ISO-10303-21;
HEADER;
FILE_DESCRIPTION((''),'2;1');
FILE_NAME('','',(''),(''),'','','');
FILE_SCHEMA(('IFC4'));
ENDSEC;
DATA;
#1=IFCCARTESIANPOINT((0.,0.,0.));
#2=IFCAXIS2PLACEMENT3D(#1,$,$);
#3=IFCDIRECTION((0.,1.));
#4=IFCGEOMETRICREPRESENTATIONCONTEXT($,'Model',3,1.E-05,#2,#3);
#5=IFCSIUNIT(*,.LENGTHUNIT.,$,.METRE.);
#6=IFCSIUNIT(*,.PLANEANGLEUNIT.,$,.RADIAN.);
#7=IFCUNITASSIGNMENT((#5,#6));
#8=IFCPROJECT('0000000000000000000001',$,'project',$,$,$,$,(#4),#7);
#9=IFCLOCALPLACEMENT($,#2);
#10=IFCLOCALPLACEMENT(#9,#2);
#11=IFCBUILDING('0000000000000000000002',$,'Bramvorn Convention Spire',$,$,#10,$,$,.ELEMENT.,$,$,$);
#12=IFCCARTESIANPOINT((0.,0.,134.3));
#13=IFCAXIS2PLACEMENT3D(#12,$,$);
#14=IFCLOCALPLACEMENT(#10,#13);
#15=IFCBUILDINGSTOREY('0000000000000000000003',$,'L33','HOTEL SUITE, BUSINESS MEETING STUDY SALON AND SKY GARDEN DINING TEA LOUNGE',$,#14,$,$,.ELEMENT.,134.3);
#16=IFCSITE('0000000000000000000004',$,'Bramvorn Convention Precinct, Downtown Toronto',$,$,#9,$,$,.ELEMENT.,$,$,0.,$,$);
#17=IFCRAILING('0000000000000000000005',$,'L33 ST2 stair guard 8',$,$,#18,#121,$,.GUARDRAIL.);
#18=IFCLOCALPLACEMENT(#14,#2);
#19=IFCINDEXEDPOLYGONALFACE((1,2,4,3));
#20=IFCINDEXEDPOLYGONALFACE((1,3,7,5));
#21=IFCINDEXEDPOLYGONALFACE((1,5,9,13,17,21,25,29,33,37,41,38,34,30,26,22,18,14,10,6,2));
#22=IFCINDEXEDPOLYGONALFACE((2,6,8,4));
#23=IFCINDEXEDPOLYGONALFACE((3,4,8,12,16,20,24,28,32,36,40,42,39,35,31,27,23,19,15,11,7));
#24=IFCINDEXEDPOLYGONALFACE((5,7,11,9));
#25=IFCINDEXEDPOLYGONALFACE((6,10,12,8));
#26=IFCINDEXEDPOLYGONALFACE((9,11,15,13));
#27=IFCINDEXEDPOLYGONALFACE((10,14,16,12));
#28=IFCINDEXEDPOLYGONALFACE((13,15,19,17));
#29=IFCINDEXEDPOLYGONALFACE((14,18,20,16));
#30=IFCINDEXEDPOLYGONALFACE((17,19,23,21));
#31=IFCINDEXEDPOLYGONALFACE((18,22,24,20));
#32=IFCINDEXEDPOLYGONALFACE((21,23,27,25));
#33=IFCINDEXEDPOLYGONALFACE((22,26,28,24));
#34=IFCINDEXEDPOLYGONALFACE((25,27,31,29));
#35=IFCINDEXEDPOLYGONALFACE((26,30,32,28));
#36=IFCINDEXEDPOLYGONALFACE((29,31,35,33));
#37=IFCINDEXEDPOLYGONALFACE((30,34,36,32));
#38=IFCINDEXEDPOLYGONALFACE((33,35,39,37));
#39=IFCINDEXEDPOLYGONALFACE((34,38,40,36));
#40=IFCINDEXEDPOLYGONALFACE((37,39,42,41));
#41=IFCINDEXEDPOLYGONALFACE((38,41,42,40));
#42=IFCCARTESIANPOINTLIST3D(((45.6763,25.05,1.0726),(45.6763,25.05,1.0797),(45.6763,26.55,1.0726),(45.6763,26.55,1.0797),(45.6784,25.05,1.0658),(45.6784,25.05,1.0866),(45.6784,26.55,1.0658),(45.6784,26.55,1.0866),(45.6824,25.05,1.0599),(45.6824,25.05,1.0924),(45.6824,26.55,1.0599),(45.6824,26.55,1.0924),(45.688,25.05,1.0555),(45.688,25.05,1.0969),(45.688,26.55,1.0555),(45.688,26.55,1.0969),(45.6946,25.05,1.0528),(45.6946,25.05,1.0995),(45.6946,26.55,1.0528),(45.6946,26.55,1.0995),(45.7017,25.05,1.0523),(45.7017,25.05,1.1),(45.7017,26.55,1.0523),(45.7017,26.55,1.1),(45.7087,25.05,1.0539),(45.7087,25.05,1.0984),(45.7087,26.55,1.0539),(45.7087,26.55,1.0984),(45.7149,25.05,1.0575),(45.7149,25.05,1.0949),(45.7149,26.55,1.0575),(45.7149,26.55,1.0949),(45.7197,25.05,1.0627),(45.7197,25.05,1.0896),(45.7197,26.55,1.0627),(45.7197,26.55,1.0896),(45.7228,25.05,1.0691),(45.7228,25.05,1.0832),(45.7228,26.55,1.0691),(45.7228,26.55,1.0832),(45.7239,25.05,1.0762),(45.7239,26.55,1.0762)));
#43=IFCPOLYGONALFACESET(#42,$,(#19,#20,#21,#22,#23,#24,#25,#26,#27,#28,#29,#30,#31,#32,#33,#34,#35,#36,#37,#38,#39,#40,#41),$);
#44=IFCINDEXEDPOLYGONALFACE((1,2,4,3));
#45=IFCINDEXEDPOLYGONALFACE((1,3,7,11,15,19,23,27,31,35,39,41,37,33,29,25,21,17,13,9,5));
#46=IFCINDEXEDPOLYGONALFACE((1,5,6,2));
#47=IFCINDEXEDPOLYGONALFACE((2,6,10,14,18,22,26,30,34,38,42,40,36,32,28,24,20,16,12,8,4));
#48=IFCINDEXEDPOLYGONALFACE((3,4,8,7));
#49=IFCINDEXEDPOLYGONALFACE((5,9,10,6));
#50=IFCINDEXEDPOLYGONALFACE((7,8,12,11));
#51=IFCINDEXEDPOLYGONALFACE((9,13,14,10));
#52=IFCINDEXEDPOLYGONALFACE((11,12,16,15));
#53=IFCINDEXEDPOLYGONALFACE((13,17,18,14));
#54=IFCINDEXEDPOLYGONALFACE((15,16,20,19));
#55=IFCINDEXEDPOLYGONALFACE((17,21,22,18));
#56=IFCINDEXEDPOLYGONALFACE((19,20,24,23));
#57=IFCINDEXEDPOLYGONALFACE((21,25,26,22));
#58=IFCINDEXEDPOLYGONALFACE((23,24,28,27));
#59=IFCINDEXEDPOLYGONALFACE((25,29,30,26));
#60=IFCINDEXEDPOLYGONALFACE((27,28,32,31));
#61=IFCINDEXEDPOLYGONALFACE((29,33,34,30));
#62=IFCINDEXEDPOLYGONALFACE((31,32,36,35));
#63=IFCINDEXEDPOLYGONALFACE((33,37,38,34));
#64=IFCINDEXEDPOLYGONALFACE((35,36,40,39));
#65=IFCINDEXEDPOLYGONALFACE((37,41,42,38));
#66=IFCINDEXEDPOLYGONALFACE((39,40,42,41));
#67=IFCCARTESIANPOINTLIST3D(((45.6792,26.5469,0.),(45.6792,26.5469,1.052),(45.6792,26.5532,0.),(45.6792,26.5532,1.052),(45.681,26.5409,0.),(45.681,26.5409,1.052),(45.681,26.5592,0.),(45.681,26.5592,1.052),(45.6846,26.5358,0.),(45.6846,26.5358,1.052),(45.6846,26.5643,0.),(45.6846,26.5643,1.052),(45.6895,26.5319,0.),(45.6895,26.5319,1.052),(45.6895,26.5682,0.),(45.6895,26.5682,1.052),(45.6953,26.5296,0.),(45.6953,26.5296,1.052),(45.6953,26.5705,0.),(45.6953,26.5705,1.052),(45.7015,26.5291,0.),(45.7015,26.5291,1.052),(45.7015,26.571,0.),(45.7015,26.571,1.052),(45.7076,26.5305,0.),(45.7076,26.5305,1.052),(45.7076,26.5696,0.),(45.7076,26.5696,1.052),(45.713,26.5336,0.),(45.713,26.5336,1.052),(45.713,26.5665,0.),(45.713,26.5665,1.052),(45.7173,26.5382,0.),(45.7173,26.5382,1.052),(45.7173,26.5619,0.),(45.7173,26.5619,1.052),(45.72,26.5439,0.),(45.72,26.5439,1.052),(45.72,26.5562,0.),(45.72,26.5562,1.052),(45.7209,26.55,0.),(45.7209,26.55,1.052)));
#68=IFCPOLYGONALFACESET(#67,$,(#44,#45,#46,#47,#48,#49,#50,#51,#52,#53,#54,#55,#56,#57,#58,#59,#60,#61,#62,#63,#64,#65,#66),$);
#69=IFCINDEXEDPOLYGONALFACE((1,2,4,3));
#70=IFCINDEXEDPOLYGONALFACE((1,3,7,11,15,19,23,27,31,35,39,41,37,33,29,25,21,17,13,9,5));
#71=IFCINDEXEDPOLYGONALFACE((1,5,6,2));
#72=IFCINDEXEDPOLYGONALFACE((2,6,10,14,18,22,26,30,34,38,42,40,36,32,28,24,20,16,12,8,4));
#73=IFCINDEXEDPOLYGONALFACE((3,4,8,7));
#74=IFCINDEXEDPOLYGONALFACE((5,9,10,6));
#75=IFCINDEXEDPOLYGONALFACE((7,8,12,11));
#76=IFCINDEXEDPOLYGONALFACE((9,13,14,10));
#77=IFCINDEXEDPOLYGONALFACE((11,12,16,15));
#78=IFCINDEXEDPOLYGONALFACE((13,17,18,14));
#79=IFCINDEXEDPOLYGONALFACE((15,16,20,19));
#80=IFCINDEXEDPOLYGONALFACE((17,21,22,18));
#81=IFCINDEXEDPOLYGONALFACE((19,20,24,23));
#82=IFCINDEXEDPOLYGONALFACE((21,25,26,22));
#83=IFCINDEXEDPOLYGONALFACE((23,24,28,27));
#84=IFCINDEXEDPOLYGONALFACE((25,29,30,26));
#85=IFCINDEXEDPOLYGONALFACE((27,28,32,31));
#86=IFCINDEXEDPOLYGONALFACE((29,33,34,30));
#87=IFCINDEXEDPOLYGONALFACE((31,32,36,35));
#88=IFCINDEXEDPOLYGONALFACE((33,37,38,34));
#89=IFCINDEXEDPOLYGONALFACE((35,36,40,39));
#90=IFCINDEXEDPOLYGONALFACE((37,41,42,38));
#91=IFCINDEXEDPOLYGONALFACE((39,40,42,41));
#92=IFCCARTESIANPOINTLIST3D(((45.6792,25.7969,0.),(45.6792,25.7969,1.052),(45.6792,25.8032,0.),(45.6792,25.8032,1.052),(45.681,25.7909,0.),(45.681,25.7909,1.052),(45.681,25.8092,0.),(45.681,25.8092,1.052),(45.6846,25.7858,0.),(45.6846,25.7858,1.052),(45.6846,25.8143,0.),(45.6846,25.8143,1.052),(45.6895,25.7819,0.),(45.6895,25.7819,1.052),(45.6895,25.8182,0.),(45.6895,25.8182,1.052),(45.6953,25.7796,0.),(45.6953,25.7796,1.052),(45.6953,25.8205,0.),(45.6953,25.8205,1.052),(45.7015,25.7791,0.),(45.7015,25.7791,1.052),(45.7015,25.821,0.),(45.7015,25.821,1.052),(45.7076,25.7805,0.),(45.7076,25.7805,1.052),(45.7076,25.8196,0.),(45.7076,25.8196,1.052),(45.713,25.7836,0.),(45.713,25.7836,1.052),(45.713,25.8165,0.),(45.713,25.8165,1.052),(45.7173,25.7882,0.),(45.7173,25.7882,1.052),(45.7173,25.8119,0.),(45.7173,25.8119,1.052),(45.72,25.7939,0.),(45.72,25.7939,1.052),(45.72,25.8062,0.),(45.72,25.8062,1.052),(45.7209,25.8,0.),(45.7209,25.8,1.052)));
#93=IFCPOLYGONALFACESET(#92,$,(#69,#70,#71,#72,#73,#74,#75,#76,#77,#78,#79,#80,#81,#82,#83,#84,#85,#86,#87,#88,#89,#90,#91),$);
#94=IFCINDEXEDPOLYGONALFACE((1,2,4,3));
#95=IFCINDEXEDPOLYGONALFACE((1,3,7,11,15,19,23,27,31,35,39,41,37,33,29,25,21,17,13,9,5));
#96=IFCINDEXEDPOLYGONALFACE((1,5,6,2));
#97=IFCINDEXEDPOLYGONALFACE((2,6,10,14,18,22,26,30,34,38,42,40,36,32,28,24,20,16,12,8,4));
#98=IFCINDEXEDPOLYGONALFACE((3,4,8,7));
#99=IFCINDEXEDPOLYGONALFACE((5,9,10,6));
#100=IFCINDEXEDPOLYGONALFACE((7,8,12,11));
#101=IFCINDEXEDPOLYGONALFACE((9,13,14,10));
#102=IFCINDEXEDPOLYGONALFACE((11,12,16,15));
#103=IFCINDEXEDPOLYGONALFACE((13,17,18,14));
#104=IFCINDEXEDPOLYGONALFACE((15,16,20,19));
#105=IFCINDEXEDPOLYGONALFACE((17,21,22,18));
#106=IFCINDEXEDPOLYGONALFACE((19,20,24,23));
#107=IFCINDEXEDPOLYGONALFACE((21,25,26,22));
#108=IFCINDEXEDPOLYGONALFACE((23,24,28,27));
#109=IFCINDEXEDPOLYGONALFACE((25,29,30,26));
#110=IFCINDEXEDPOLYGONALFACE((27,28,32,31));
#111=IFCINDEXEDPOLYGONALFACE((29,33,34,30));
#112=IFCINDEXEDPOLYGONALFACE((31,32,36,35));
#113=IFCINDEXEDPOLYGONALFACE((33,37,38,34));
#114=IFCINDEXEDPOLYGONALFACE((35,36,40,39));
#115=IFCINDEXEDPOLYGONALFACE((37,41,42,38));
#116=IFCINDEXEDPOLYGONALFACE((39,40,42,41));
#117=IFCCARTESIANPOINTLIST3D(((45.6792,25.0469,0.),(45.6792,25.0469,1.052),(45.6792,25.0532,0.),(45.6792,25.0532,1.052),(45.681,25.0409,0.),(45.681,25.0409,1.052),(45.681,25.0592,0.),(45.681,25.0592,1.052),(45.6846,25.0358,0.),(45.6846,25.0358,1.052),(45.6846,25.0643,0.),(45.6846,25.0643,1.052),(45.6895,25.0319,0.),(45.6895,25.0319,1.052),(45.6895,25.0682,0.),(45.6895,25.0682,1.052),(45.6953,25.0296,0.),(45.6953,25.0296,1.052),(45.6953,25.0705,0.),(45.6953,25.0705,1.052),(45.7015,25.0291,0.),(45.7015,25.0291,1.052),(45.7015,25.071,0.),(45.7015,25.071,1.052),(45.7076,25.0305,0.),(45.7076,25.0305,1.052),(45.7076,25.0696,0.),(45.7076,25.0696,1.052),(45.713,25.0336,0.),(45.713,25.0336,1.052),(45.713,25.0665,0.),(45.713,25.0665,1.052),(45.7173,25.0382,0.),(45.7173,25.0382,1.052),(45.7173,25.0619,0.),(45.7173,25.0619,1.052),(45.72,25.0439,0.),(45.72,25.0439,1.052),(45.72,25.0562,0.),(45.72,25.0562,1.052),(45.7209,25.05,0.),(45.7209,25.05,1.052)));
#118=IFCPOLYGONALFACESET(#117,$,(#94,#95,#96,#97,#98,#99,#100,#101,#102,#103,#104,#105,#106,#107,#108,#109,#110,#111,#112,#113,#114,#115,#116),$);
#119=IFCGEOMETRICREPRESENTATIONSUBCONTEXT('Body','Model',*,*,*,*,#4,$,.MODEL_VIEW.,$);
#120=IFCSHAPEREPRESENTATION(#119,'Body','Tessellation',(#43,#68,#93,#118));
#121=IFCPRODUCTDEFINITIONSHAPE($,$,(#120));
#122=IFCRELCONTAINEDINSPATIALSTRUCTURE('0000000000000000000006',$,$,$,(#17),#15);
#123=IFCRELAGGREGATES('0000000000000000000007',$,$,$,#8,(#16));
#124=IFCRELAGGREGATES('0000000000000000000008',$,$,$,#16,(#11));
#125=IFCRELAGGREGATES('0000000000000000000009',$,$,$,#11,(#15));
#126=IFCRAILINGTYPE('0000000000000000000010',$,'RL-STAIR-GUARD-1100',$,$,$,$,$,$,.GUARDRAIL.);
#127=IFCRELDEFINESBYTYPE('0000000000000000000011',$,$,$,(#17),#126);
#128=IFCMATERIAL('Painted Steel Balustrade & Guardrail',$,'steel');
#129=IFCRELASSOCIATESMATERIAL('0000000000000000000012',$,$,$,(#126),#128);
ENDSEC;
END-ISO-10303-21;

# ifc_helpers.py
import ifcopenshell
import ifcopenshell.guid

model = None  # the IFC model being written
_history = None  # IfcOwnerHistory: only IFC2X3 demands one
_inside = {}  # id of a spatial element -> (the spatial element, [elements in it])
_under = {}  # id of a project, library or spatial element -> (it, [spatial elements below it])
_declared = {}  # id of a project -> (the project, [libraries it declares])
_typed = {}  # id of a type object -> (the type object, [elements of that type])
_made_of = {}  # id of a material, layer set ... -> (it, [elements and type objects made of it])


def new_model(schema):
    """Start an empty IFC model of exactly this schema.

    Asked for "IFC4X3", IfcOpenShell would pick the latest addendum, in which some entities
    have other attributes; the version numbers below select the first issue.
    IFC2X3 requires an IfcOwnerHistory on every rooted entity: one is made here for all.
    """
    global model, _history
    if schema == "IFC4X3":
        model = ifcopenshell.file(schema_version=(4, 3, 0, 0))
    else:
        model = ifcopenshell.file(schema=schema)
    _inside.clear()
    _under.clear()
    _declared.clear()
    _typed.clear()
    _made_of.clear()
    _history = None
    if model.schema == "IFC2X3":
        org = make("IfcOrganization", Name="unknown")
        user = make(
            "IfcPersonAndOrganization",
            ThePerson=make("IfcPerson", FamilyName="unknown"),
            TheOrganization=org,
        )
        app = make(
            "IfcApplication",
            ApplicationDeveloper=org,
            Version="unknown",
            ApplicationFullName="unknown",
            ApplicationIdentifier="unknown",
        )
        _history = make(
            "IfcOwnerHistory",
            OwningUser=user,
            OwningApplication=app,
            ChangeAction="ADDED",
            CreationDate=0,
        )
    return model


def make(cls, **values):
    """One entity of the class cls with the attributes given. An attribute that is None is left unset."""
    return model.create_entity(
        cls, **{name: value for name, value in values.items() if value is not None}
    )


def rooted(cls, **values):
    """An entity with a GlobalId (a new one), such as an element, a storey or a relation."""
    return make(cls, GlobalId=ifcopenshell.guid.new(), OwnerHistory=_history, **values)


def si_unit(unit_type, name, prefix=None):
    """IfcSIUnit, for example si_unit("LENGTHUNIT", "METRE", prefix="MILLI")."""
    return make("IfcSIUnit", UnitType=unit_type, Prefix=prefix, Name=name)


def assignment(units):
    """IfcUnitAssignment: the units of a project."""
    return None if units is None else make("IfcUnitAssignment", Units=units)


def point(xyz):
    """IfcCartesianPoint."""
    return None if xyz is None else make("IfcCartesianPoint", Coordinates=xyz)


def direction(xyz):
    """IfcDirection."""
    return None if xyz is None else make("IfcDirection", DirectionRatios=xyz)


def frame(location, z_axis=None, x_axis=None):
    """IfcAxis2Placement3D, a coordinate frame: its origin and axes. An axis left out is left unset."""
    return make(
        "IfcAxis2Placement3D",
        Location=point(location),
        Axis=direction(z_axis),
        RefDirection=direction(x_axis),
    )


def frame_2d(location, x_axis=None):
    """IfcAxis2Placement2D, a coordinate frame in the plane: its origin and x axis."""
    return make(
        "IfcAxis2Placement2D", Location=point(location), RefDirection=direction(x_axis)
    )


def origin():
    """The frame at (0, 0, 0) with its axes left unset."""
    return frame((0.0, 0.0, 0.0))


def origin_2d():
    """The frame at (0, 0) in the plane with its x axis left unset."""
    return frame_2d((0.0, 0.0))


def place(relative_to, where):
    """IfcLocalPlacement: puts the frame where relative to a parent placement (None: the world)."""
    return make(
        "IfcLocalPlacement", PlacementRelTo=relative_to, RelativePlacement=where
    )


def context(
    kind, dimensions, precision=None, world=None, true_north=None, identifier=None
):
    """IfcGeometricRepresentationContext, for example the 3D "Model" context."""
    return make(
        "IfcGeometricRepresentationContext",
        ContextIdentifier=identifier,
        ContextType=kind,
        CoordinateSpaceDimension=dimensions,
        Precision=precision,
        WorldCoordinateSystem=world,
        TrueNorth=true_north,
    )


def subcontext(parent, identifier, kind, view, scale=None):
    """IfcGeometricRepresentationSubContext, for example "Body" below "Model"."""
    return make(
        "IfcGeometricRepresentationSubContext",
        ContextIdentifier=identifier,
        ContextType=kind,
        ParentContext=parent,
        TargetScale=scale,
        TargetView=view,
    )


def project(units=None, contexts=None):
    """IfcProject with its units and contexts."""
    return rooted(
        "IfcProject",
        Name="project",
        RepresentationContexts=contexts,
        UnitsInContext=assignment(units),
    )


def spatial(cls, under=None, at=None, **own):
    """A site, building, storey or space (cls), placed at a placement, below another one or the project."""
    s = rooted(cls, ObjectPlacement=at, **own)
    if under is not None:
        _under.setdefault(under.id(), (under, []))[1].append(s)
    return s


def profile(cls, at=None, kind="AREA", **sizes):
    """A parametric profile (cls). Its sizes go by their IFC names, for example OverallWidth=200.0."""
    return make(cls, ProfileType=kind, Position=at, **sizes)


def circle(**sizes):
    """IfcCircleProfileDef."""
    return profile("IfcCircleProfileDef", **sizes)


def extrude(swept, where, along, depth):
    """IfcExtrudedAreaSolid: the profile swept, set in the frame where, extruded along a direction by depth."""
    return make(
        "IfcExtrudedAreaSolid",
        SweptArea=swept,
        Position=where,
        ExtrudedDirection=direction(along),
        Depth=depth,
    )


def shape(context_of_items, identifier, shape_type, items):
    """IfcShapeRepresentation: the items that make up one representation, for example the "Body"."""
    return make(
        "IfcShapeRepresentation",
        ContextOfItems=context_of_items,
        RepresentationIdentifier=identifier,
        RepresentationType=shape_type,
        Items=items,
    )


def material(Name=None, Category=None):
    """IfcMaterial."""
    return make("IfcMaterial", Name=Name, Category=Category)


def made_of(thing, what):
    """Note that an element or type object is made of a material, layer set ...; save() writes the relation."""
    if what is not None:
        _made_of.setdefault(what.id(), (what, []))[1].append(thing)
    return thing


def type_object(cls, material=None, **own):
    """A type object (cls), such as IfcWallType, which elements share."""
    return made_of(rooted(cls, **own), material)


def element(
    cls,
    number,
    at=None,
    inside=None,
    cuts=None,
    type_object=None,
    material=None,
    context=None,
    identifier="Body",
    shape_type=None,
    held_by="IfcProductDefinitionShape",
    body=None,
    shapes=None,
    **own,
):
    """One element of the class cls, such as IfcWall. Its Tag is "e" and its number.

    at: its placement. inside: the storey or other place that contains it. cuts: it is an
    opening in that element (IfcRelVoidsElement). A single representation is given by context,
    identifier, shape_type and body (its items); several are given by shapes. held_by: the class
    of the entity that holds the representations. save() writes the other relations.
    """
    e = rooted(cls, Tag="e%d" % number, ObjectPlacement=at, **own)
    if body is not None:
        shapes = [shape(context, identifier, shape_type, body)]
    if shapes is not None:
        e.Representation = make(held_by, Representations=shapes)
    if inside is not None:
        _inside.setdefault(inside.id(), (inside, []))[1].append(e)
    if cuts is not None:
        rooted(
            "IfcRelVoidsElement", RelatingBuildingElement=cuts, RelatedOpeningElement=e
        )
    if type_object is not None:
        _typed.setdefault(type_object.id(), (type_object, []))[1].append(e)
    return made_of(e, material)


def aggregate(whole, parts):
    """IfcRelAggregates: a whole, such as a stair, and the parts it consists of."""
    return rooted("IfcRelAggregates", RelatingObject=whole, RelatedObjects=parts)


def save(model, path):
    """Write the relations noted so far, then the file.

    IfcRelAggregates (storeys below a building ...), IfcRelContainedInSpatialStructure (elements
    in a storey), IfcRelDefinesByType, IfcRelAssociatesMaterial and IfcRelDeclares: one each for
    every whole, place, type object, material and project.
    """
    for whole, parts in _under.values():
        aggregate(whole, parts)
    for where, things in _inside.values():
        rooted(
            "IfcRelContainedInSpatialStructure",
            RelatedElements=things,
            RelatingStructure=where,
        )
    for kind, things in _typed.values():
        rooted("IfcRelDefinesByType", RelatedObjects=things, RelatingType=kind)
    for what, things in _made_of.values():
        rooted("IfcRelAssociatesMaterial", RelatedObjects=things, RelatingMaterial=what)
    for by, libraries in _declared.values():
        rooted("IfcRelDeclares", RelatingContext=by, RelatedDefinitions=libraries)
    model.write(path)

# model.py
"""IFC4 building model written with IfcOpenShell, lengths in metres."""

from ifc_helpers import new_model, si_unit, direction, frame, origin, origin_2d, place, context, subcontext, project, spatial, circle, extrude, material, type_object, element, save


model = new_model("IFC4")

# Units and contexts
model_context = context("Model", 3, precision=1e-05, world=origin(), true_north=direction((0.0, 1.0)))
body_context = subcontext(model_context, "Body", "Model", "MODEL_VIEW")
ifc_project = project(units=[si_unit("LENGTHUNIT", "METRE"), si_unit("PLANEANGLEUNIT", "RADIAN")], contexts=[model_context])

# Site, building, storey
site_placement = place(None, origin())
site = spatial("IfcSite", under=ifc_project, at=site_placement, Name="Bramvorn Convention Precinct, Downtown Toronto", CompositionType="ELEMENT", RefElevation=0.0)
building_placement = place(site_placement, origin())
building = spatial("IfcBuilding", under=site, at=building_placement, Name="Bramvorn Convention Spire", CompositionType="ELEMENT")
storey_placement = place(building_placement, frame((0.0, 0.0, 134.3)))
storey = spatial("IfcBuildingStorey", under=building, at=storey_placement, Name="L33", Description="HOTEL SUITE, BUSINESS MEETING STUDY SALON AND SKY GARDEN DINING TEA LOUNGE", CompositionType="ELEMENT", Elevation=134.3)

# Railing
ifc_material_1 = material(Name="Painted Steel Balustrade & Guardrail", Category="steel")
railing_type_1 = type_object("IfcRailingType", Name="RL-STAIR-GUARD-1100", PredefinedType="GUARDRAIL", material=ifc_material_1)
railing_1_placement = place(storey_placement, frame((45.7, 26.55, 0.0)))
element("IfcRailing", 1, at=railing_1_placement, inside=storey, type_object=railing_type_1, Name="L33 ST2 stair guard 8", PredefinedType="GUARDRAIL", context=body_context, shape_type="SweptSolid", body=[
    extrude(circle(Radius=0.0239, at=origin_2d()), frame((0.0, 0.0, 1.0762), z_axis=(0.0, -1.0, 0.0), x_axis=(1.0, 0.0, 0.0)), (0.0, 0.0, 1.0), 1.5),
    extrude(circle(Radius=0.021, at=origin_2d()), origin(), (0.0, 0.0, 1.0), 1.052),
    extrude(circle(Radius=0.021, at=origin_2d()), frame((0.0, -0.75, 0.0)), (0.0, 0.0, 1.0), 1.052),
    extrude(circle(Radius=0.021, at=origin_2d()), frame((0.0, -1.5, 0.0)), (0.0, 0.0, 1.0), 1.052),
])

save(model, "model.ifc")
